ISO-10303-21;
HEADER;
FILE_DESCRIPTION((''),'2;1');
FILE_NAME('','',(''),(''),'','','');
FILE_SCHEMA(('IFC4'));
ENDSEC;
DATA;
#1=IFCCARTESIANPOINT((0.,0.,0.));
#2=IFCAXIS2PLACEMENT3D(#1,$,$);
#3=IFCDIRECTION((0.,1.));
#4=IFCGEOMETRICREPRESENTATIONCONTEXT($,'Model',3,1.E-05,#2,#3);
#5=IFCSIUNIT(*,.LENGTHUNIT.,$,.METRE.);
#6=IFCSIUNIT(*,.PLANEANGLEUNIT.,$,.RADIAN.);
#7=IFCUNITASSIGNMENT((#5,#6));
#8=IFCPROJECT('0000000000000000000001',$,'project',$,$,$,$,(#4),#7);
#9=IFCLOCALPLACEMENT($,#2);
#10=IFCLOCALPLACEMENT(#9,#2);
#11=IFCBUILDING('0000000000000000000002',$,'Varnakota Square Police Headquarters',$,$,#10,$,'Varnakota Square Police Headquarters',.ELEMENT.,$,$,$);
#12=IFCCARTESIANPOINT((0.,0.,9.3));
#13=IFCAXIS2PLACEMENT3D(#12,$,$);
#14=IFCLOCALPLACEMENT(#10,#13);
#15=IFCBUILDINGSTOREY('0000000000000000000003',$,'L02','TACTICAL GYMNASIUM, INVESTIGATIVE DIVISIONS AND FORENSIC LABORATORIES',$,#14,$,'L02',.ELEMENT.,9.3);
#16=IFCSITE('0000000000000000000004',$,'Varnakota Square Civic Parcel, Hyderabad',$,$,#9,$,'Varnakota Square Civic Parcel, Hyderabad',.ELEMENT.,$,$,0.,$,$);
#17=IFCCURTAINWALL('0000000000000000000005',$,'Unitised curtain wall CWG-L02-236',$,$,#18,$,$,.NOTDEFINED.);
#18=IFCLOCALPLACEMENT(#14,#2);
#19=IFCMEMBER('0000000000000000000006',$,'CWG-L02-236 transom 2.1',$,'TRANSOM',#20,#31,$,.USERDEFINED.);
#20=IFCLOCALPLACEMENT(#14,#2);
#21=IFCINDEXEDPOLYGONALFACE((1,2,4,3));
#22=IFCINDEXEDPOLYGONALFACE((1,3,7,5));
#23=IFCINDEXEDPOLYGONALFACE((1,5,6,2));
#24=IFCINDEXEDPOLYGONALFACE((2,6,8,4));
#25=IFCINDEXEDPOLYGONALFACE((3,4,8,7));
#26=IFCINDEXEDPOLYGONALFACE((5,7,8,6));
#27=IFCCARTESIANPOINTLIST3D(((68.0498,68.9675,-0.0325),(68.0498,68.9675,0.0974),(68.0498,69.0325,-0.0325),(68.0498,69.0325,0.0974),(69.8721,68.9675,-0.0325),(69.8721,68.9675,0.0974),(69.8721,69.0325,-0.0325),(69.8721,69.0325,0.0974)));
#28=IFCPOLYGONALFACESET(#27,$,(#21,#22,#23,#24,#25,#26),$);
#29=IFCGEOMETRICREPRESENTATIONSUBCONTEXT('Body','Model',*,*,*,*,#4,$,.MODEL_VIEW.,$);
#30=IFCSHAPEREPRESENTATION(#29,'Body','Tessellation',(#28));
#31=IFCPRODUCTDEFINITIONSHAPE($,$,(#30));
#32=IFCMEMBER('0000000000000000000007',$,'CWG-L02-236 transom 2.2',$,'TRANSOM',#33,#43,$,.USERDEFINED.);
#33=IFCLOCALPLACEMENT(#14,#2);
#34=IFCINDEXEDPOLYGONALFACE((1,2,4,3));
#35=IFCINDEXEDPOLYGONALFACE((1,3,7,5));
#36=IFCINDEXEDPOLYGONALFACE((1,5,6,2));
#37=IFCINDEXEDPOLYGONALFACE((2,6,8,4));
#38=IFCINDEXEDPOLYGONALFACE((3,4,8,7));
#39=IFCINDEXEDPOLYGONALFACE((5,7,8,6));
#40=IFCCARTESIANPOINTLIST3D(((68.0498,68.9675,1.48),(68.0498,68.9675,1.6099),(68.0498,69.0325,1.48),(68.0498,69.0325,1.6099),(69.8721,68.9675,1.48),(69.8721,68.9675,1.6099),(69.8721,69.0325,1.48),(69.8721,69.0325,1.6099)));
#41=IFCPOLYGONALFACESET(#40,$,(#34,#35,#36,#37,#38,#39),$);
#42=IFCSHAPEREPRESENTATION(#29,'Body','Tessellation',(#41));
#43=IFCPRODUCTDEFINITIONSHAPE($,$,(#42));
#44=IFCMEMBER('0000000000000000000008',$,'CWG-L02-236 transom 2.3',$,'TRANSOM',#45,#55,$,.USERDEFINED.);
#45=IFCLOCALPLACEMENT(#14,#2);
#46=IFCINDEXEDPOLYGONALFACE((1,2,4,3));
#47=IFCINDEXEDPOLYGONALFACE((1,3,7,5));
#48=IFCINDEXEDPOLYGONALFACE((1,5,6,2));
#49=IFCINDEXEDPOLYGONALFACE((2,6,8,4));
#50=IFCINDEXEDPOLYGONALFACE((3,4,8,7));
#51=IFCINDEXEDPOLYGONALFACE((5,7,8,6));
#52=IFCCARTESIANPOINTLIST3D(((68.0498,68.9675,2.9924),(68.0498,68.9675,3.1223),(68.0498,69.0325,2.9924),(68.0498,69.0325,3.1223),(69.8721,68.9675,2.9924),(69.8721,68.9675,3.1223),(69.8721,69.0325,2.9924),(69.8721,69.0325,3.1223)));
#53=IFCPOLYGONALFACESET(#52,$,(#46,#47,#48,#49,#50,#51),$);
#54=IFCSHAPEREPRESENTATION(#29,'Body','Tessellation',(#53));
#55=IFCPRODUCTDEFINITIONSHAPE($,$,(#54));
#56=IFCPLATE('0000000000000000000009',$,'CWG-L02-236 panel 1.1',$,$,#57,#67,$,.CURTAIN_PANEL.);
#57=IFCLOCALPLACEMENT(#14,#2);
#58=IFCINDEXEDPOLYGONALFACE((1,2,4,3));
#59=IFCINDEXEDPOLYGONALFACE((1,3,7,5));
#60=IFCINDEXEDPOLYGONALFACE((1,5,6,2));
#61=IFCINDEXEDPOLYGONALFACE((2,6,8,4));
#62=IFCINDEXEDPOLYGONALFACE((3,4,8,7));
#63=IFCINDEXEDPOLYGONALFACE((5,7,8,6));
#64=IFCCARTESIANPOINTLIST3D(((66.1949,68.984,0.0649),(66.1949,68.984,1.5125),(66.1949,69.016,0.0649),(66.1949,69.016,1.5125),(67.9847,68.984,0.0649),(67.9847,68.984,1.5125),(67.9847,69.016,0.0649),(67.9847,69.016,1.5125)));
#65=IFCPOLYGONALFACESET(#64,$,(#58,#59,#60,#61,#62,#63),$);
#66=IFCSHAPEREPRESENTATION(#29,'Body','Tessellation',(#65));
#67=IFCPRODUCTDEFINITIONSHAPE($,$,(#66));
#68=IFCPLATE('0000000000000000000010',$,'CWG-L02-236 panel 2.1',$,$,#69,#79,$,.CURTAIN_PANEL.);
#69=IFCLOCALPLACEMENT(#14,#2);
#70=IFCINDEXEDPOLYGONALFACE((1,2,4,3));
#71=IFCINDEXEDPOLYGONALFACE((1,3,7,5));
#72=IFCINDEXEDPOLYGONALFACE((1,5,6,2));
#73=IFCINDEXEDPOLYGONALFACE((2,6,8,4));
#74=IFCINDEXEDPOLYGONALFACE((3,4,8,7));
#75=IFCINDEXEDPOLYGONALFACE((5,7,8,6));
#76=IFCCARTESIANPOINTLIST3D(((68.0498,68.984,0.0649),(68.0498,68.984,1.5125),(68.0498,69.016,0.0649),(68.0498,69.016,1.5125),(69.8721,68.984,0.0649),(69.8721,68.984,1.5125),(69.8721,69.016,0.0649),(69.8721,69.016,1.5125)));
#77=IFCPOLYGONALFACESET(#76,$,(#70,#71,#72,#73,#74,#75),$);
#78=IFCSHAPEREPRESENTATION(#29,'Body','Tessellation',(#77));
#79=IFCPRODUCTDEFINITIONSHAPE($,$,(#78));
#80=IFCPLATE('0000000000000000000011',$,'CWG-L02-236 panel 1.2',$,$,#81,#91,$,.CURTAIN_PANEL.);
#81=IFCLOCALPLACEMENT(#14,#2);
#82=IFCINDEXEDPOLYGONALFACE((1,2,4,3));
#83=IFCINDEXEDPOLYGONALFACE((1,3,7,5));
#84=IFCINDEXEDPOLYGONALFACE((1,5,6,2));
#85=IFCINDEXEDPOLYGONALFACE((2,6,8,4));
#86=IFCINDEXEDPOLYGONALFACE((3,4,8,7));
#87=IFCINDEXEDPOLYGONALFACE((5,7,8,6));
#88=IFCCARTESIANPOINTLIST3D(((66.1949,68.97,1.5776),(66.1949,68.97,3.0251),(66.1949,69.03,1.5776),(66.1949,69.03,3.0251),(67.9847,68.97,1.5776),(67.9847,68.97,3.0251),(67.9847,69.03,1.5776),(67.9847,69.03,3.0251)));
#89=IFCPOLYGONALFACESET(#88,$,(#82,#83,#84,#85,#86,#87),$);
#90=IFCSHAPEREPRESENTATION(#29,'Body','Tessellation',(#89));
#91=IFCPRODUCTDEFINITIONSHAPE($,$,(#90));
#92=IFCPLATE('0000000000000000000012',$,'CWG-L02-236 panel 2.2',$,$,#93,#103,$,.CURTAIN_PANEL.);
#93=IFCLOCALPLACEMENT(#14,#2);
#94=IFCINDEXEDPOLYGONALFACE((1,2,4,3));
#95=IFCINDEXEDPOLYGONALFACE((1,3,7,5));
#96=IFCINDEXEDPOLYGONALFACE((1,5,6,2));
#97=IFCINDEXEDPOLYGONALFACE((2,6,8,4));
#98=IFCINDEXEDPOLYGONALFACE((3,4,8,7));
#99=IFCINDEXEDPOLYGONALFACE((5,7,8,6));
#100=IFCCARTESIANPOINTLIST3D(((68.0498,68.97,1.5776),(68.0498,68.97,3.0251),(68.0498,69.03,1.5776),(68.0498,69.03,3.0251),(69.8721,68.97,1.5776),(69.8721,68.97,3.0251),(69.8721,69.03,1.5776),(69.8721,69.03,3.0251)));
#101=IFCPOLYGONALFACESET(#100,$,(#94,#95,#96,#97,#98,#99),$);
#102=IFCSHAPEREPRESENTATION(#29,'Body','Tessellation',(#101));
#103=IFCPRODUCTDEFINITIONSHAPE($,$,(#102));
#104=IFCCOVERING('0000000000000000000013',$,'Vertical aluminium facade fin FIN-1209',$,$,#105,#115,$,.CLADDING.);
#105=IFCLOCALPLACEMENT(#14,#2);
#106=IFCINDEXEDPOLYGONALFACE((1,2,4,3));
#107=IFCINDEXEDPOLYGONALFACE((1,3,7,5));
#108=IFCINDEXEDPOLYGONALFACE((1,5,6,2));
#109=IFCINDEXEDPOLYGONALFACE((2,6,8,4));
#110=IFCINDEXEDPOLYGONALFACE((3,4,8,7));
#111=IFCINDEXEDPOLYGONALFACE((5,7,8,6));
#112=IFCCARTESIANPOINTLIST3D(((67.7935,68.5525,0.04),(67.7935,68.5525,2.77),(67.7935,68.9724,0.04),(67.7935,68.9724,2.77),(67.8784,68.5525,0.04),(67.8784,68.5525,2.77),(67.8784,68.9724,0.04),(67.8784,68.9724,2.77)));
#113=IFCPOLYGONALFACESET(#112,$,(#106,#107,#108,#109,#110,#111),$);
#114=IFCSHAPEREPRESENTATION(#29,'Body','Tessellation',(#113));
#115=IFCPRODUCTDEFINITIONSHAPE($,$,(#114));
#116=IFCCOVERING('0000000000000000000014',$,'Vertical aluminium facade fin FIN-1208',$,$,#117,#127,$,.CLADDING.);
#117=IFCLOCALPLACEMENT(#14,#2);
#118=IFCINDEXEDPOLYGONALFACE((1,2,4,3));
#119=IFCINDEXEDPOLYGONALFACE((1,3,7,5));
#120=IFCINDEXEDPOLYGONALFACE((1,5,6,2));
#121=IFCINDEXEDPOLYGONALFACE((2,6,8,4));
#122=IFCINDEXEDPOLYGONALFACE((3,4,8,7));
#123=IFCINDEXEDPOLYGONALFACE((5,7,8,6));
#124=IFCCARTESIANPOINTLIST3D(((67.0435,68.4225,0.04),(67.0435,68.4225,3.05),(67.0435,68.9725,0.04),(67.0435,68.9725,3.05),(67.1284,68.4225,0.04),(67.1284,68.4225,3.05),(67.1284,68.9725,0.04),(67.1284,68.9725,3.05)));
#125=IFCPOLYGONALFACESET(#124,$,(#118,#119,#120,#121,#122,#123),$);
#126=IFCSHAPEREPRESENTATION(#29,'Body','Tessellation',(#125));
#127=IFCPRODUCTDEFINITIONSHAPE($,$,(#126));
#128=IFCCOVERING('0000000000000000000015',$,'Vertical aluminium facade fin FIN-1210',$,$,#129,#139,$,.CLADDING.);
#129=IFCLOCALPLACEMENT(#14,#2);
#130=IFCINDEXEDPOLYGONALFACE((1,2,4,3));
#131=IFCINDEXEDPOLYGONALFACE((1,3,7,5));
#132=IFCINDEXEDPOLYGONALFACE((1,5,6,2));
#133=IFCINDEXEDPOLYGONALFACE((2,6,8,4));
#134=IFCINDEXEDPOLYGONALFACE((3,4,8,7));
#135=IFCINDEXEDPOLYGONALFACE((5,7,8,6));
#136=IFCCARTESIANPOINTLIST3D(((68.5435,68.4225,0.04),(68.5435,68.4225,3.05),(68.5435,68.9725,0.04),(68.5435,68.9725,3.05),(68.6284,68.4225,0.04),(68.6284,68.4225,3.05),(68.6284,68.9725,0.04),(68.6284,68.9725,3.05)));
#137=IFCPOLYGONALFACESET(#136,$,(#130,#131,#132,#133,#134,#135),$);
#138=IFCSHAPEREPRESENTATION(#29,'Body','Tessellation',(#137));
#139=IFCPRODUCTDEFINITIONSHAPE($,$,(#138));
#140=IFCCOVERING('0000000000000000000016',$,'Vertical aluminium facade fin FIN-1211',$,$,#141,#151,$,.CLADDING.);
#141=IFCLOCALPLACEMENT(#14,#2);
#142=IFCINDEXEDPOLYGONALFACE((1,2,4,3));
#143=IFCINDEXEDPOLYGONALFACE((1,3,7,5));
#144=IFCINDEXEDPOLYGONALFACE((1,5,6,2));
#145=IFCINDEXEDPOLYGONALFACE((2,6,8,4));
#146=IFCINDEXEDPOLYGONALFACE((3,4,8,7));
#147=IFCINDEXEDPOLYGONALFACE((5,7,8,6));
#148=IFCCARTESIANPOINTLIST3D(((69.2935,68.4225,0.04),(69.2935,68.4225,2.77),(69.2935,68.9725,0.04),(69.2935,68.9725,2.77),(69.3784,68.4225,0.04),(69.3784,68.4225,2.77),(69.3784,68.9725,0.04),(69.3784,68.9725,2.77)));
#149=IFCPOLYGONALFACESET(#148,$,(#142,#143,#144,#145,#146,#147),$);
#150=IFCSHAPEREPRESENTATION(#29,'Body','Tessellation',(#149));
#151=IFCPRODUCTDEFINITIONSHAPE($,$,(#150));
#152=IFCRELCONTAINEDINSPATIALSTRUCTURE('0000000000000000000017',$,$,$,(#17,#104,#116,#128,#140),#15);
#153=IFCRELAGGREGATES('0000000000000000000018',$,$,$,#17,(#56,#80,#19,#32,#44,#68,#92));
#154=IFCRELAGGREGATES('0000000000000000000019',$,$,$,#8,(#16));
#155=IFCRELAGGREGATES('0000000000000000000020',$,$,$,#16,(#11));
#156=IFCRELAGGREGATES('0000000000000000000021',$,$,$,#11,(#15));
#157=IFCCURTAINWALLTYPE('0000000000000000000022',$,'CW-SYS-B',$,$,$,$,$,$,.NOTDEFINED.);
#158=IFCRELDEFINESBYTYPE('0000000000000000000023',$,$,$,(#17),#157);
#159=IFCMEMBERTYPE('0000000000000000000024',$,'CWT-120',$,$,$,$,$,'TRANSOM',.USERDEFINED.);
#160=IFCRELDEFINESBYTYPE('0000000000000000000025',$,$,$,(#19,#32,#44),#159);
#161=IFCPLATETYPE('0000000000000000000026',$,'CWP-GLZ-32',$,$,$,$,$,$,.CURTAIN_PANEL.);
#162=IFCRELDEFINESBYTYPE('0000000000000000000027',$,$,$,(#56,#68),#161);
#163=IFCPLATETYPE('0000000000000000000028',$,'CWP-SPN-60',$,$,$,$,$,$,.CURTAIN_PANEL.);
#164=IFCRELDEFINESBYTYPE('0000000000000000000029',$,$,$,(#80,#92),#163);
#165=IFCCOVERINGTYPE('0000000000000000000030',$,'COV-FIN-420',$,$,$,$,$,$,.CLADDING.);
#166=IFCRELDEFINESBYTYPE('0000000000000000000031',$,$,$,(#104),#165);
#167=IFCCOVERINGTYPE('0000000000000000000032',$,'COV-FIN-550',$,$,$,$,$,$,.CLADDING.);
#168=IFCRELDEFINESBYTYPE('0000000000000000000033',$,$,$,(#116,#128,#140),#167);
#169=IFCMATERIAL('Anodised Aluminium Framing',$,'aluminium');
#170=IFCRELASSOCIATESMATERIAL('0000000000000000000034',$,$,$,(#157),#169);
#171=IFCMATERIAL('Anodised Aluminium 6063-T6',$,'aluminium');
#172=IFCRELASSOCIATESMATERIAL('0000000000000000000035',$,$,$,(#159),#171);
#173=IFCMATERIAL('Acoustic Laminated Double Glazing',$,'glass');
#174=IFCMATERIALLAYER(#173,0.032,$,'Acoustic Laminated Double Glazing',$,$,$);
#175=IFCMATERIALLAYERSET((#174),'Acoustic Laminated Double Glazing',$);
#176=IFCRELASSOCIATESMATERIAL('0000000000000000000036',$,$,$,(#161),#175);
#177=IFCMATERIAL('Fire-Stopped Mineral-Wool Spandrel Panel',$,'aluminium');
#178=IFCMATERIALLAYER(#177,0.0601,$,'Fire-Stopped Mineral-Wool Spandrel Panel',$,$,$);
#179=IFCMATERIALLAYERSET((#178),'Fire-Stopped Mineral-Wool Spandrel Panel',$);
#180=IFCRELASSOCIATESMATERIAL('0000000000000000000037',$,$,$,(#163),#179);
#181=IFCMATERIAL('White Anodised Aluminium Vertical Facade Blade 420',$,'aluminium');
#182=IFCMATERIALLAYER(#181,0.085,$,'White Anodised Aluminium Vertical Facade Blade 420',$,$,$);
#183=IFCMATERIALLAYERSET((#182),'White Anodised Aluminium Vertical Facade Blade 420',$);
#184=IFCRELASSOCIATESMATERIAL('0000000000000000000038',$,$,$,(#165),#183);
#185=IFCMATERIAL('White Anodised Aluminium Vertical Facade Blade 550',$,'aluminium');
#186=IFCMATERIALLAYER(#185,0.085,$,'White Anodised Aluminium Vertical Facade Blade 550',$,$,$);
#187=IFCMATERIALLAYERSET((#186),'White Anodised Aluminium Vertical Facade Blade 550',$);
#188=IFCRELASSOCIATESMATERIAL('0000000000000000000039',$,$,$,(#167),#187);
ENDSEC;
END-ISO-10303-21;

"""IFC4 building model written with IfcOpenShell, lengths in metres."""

from ifc_helpers import new_model, si_unit, direction, frame, origin, origin_2d, place, context, subcontext, project, spatial, rectangle, extrude, material, layer, layer_set, material_profile, profile_set, type_object, element, aggregate, save


model = new_model("IFC4")

# Units and contexts
model_context = context("Model", 3, precision=1e-05, world=origin(), true_north=direction((0.0, 1.0)))
body_context = subcontext(model_context, "Body", "Model", "MODEL_VIEW")
ifc_project = project(units=[si_unit("LENGTHUNIT", "METRE"), si_unit("PLANEANGLEUNIT", "RADIAN")], contexts=[model_context])

# Site, building, storey
site_placement = place(None, origin())
site = spatial("IfcSite", under=ifc_project, at=site_placement, Name="Varnakota Square Civic Parcel, Hyderabad", LongName="Varnakota Square Civic Parcel, Hyderabad", CompositionType="ELEMENT", RefElevation=0.0)
building_placement = place(site_placement, origin())
building = spatial("IfcBuilding", under=site, at=building_placement, Name="Varnakota Square Police Headquarters", LongName="Varnakota Square Police Headquarters", CompositionType="ELEMENT")
storey_placement = place(building_placement, frame((0.0, 0.0, 9.3)))
storey = spatial("IfcBuildingStorey", under=building, at=storey_placement, Name="L02", Description="TACTICAL GYMNASIUM, INVESTIGATIVE DIVISIONS AND FORENSIC LABORATORIES", LongName="L02", CompositionType="ELEMENT", Elevation=9.3)

# Curtain wall, members, plates
ifc_material_1 = material(Name="Anodised Aluminium Framing", Category="aluminium")
curtain_wall_type = type_object("IfcCurtainWallType", Name="CW-SYS-B", PredefinedType="NOTDEFINED", material=ifc_material_1)
curtain_wall_placement = place(storey_placement, origin())
curtain_wall = element("IfcCurtainWall", 1, at=curtain_wall_placement, inside=storey, type_object=curtain_wall_type, Name="Unitised curtain wall CWG-L02-236", PredefinedType="NOTDEFINED")
ifc_material_2 = material(Name="Anodised Aluminium 6063-T6", Category="aluminium")
ifc_material_profile_1 = material_profile(ifc_material_2, rectangle(XDim=0.0649, YDim=0.1299, at=origin_2d()), Name="ALU TRANSOM 65x130")
ifc_profile_set_1 = profile_set([ifc_material_profile_1], Name="Anodised Aluminium 6063-T6")
member_type_1 = type_object("IfcMemberType", Name="CWT-120", ElementType="TRANSOM", PredefinedType="USERDEFINED", material=ifc_profile_set_1)
member_1_placement = place(storey_placement, frame((68.0498, 69.0, 0.0325), z_axis=(1.0, 0.0, 0.0), x_axis=(0.0, 1.0, 0.0)))
member_1 = element("IfcMember", 2, at=member_1_placement, type_object=member_type_1, Name="CWG-L02-236 transom 2.1", ObjectType="TRANSOM", PredefinedType="USERDEFINED", context=body_context, shape_type="SweptSolid", body=[
    extrude(rectangle(XDim=0.0649, YDim=0.1299, at=origin_2d()), origin(), (0.0, 0.0, 1.0), 1.8223),
])
member_2_placement = place(storey_placement, frame((68.0498, 69.0, 1.5449), z_axis=(1.0, 0.0, 0.0), x_axis=(0.0, 1.0, 0.0)))
member_2 = element("IfcMember", 3, at=member_2_placement, type_object=member_type_1, Name="CWG-L02-236 transom 2.2", ObjectType="TRANSOM", PredefinedType="USERDEFINED", context=body_context, shape_type="SweptSolid", body=[
    extrude(rectangle(XDim=0.0649, YDim=0.1299, at=origin_2d()), origin(), (0.0, 0.0, 1.0), 1.8223),
])
member_3_placement = place(storey_placement, frame((68.0498, 69.0, 3.0574), z_axis=(1.0, 0.0, 0.0), x_axis=(0.0, 1.0, 0.0)))
member_3 = element("IfcMember", 4, at=member_3_placement, type_object=member_type_1, Name="CWG-L02-236 transom 2.3", ObjectType="TRANSOM", PredefinedType="USERDEFINED", context=body_context, shape_type="SweptSolid", body=[
    extrude(rectangle(XDim=0.0649, YDim=0.1299, at=origin_2d()), origin(), (0.0, 0.0, 1.0), 1.8223),
])
ifc_material_3 = material(Name="Acoustic Laminated Double Glazing", Category="glass")
ifc_layer_1 = layer(ifc_material_3, 0.032, Name="Acoustic Laminated Double Glazing")
ifc_layer_set_1 = layer_set([ifc_layer_1], Name="Acoustic Laminated Double Glazing")
plate_type_1 = type_object("IfcPlateType", Name="CWP-GLZ-32", PredefinedType="CURTAIN_PANEL", material=ifc_layer_set_1)
plate_1_placement = place(storey_placement, frame((67.0898, 69.0, 0.0649), z_axis=(0.0, 0.0, 1.0), x_axis=(1.0, 0.0, 0.0)))
plate_1 = element("IfcPlate", 5, at=plate_1_placement, type_object=plate_type_1, Name="CWG-L02-236 panel 1.1", PredefinedType="CURTAIN_PANEL", context=body_context, shape_type="SweptSolid", body=[
    extrude(rectangle(XDim=1.7898, YDim=0.032, at=origin_2d()), origin(), (0.0, 0.0, 1.0), 1.4475),
])
plate_2_placement = place(storey_placement, frame((68.9609, 69.0, 0.0649), z_axis=(0.0, 0.0, 1.0), x_axis=(1.0, 0.0, 0.0)))
plate_2 = element("IfcPlate", 6, at=plate_2_placement, type_object=plate_type_1, Name="CWG-L02-236 panel 2.1", PredefinedType="CURTAIN_PANEL", context=body_context, shape_type="SweptSolid", body=[
    extrude(rectangle(XDim=1.8223, YDim=0.032, at=origin_2d()), origin(), (0.0, 0.0, 1.0), 1.4475),
])
ifc_material_4 = material(Name="Fire-Stopped Mineral-Wool Spandrel Panel", Category="aluminium")
ifc_layer_2 = layer(ifc_material_4, 0.0601, Name="Fire-Stopped Mineral-Wool Spandrel Panel")
ifc_layer_set_2 = layer_set([ifc_layer_2], Name="Fire-Stopped Mineral-Wool Spandrel Panel")
plate_type_2 = type_object("IfcPlateType", Name="CWP-SPN-60", PredefinedType="CURTAIN_PANEL", material=ifc_layer_set_2)
plate_3_placement = place(storey_placement, frame((67.0898, 69.0, 1.5776), z_axis=(0.0, 0.0, 1.0), x_axis=(1.0, 0.0, 0.0)))
plate_3 = element("IfcPlate", 7, at=plate_3_placement, type_object=plate_type_2, Name="CWG-L02-236 panel 1.2", PredefinedType="CURTAIN_PANEL", context=body_context, shape_type="SweptSolid", body=[
    extrude(rectangle(XDim=1.7898, YDim=0.0601, at=origin_2d()), origin(), (0.0, 0.0, 1.0), 1.4475),
])
plate_4_placement = place(storey_placement, frame((68.9609, 69.0, 1.5776), z_axis=(0.0, 0.0, 1.0), x_axis=(1.0, 0.0, 0.0)))
plate_4 = element("IfcPlate", 8, at=plate_4_placement, type_object=plate_type_2, Name="CWG-L02-236 panel 2.2", PredefinedType="CURTAIN_PANEL", context=body_context, shape_type="SweptSolid", body=[
    extrude(rectangle(XDim=1.8223, YDim=0.0601, at=origin_2d()), origin(), (0.0, 0.0, 1.0), 1.4475),
])
aggregate(curtain_wall, [plate_1, plate_3, member_1, member_2, member_3, plate_2, plate_4])

# Coverings
ifc_material_5 = material(Name="White Anodised Aluminium Vertical Facade Blade 420", Category="aluminium")
ifc_layer_3 = layer(ifc_material_5, 0.085, Name="White Anodised Aluminium Vertical Facade Blade 420")
ifc_layer_set_3 = layer_set([ifc_layer_3], Name="White Anodised Aluminium Vertical Facade Blade 420")
covering_type_1 = type_object("IfcCoveringType", Name="COV-FIN-420", PredefinedType="CLADDING", material=ifc_layer_set_3)
covering_1_placement = place(storey_placement, frame((67.8359, 68.7625, 0.04), z_axis=(0.0, 0.0, 1.0), x_axis=(1.0, 0.0, 0.0)))
element("IfcCovering", 9, at=covering_1_placement, inside=storey, type_object=covering_type_1, Name="Vertical aluminium facade fin FIN-1209", PredefinedType="CLADDING", context=body_context, shape_type="SweptSolid", body=[
    extrude(rectangle(XDim=0.085, YDim=0.4199, at=origin_2d()), origin(), (0.0, 0.0, 1.0), 2.73),
])
ifc_material_6 = material(Name="White Anodised Aluminium Vertical Facade Blade 550", Category="aluminium")
ifc_layer_4 = layer(ifc_material_6, 0.085, Name="White Anodised Aluminium Vertical Facade Blade 550")
ifc_layer_set_4 = layer_set([ifc_layer_4], Name="White Anodised Aluminium Vertical Facade Blade 550")
covering_type_2 = type_object("IfcCoveringType", Name="COV-FIN-550", PredefinedType="CLADDING", material=ifc_layer_set_4)
for number, where, z_axis, x_axis, name in (
    (10, (67.0859, 68.6975, 0.04), (0.0, 0.0, 1.0), (1.0, 0.0, 0.0), "Vertical aluminium facade fin FIN-1208"),
    (11, (68.5859, 68.6975, 0.04), (0.0, 0.0, 1.0), (1.0, 0.0, 0.0), "Vertical aluminium facade fin FIN-1210"),
):
    element("IfcCovering", number, at=place(storey_placement, frame(where, z_axis=z_axis, x_axis=x_axis)), inside=storey, type_object=covering_type_2, Name=name, PredefinedType="CLADDING", context=body_context, shape_type="SweptSolid", body=[
        extrude(rectangle(XDim=0.085, YDim=0.55, at=origin_2d()), origin(), (0.0, 0.0, 1.0), 3.01),
    ])
covering_2_placement = place(storey_placement, frame((69.3359, 68.6975, 0.04), z_axis=(0.0, 0.0, 1.0), x_axis=(1.0, 0.0, 0.0)))
element("IfcCovering", 12, at=covering_2_placement, inside=storey, type_object=covering_type_2, Name="Vertical aluminium facade fin FIN-1211", PredefinedType="CLADDING", context=body_context, shape_type="SweptSolid", body=[
    extrude(rectangle(XDim=0.085, YDim=0.55, at=origin_2d()), origin(), (0.0, 0.0, 1.0), 2.73),
])

save(model, "model.ifc")
